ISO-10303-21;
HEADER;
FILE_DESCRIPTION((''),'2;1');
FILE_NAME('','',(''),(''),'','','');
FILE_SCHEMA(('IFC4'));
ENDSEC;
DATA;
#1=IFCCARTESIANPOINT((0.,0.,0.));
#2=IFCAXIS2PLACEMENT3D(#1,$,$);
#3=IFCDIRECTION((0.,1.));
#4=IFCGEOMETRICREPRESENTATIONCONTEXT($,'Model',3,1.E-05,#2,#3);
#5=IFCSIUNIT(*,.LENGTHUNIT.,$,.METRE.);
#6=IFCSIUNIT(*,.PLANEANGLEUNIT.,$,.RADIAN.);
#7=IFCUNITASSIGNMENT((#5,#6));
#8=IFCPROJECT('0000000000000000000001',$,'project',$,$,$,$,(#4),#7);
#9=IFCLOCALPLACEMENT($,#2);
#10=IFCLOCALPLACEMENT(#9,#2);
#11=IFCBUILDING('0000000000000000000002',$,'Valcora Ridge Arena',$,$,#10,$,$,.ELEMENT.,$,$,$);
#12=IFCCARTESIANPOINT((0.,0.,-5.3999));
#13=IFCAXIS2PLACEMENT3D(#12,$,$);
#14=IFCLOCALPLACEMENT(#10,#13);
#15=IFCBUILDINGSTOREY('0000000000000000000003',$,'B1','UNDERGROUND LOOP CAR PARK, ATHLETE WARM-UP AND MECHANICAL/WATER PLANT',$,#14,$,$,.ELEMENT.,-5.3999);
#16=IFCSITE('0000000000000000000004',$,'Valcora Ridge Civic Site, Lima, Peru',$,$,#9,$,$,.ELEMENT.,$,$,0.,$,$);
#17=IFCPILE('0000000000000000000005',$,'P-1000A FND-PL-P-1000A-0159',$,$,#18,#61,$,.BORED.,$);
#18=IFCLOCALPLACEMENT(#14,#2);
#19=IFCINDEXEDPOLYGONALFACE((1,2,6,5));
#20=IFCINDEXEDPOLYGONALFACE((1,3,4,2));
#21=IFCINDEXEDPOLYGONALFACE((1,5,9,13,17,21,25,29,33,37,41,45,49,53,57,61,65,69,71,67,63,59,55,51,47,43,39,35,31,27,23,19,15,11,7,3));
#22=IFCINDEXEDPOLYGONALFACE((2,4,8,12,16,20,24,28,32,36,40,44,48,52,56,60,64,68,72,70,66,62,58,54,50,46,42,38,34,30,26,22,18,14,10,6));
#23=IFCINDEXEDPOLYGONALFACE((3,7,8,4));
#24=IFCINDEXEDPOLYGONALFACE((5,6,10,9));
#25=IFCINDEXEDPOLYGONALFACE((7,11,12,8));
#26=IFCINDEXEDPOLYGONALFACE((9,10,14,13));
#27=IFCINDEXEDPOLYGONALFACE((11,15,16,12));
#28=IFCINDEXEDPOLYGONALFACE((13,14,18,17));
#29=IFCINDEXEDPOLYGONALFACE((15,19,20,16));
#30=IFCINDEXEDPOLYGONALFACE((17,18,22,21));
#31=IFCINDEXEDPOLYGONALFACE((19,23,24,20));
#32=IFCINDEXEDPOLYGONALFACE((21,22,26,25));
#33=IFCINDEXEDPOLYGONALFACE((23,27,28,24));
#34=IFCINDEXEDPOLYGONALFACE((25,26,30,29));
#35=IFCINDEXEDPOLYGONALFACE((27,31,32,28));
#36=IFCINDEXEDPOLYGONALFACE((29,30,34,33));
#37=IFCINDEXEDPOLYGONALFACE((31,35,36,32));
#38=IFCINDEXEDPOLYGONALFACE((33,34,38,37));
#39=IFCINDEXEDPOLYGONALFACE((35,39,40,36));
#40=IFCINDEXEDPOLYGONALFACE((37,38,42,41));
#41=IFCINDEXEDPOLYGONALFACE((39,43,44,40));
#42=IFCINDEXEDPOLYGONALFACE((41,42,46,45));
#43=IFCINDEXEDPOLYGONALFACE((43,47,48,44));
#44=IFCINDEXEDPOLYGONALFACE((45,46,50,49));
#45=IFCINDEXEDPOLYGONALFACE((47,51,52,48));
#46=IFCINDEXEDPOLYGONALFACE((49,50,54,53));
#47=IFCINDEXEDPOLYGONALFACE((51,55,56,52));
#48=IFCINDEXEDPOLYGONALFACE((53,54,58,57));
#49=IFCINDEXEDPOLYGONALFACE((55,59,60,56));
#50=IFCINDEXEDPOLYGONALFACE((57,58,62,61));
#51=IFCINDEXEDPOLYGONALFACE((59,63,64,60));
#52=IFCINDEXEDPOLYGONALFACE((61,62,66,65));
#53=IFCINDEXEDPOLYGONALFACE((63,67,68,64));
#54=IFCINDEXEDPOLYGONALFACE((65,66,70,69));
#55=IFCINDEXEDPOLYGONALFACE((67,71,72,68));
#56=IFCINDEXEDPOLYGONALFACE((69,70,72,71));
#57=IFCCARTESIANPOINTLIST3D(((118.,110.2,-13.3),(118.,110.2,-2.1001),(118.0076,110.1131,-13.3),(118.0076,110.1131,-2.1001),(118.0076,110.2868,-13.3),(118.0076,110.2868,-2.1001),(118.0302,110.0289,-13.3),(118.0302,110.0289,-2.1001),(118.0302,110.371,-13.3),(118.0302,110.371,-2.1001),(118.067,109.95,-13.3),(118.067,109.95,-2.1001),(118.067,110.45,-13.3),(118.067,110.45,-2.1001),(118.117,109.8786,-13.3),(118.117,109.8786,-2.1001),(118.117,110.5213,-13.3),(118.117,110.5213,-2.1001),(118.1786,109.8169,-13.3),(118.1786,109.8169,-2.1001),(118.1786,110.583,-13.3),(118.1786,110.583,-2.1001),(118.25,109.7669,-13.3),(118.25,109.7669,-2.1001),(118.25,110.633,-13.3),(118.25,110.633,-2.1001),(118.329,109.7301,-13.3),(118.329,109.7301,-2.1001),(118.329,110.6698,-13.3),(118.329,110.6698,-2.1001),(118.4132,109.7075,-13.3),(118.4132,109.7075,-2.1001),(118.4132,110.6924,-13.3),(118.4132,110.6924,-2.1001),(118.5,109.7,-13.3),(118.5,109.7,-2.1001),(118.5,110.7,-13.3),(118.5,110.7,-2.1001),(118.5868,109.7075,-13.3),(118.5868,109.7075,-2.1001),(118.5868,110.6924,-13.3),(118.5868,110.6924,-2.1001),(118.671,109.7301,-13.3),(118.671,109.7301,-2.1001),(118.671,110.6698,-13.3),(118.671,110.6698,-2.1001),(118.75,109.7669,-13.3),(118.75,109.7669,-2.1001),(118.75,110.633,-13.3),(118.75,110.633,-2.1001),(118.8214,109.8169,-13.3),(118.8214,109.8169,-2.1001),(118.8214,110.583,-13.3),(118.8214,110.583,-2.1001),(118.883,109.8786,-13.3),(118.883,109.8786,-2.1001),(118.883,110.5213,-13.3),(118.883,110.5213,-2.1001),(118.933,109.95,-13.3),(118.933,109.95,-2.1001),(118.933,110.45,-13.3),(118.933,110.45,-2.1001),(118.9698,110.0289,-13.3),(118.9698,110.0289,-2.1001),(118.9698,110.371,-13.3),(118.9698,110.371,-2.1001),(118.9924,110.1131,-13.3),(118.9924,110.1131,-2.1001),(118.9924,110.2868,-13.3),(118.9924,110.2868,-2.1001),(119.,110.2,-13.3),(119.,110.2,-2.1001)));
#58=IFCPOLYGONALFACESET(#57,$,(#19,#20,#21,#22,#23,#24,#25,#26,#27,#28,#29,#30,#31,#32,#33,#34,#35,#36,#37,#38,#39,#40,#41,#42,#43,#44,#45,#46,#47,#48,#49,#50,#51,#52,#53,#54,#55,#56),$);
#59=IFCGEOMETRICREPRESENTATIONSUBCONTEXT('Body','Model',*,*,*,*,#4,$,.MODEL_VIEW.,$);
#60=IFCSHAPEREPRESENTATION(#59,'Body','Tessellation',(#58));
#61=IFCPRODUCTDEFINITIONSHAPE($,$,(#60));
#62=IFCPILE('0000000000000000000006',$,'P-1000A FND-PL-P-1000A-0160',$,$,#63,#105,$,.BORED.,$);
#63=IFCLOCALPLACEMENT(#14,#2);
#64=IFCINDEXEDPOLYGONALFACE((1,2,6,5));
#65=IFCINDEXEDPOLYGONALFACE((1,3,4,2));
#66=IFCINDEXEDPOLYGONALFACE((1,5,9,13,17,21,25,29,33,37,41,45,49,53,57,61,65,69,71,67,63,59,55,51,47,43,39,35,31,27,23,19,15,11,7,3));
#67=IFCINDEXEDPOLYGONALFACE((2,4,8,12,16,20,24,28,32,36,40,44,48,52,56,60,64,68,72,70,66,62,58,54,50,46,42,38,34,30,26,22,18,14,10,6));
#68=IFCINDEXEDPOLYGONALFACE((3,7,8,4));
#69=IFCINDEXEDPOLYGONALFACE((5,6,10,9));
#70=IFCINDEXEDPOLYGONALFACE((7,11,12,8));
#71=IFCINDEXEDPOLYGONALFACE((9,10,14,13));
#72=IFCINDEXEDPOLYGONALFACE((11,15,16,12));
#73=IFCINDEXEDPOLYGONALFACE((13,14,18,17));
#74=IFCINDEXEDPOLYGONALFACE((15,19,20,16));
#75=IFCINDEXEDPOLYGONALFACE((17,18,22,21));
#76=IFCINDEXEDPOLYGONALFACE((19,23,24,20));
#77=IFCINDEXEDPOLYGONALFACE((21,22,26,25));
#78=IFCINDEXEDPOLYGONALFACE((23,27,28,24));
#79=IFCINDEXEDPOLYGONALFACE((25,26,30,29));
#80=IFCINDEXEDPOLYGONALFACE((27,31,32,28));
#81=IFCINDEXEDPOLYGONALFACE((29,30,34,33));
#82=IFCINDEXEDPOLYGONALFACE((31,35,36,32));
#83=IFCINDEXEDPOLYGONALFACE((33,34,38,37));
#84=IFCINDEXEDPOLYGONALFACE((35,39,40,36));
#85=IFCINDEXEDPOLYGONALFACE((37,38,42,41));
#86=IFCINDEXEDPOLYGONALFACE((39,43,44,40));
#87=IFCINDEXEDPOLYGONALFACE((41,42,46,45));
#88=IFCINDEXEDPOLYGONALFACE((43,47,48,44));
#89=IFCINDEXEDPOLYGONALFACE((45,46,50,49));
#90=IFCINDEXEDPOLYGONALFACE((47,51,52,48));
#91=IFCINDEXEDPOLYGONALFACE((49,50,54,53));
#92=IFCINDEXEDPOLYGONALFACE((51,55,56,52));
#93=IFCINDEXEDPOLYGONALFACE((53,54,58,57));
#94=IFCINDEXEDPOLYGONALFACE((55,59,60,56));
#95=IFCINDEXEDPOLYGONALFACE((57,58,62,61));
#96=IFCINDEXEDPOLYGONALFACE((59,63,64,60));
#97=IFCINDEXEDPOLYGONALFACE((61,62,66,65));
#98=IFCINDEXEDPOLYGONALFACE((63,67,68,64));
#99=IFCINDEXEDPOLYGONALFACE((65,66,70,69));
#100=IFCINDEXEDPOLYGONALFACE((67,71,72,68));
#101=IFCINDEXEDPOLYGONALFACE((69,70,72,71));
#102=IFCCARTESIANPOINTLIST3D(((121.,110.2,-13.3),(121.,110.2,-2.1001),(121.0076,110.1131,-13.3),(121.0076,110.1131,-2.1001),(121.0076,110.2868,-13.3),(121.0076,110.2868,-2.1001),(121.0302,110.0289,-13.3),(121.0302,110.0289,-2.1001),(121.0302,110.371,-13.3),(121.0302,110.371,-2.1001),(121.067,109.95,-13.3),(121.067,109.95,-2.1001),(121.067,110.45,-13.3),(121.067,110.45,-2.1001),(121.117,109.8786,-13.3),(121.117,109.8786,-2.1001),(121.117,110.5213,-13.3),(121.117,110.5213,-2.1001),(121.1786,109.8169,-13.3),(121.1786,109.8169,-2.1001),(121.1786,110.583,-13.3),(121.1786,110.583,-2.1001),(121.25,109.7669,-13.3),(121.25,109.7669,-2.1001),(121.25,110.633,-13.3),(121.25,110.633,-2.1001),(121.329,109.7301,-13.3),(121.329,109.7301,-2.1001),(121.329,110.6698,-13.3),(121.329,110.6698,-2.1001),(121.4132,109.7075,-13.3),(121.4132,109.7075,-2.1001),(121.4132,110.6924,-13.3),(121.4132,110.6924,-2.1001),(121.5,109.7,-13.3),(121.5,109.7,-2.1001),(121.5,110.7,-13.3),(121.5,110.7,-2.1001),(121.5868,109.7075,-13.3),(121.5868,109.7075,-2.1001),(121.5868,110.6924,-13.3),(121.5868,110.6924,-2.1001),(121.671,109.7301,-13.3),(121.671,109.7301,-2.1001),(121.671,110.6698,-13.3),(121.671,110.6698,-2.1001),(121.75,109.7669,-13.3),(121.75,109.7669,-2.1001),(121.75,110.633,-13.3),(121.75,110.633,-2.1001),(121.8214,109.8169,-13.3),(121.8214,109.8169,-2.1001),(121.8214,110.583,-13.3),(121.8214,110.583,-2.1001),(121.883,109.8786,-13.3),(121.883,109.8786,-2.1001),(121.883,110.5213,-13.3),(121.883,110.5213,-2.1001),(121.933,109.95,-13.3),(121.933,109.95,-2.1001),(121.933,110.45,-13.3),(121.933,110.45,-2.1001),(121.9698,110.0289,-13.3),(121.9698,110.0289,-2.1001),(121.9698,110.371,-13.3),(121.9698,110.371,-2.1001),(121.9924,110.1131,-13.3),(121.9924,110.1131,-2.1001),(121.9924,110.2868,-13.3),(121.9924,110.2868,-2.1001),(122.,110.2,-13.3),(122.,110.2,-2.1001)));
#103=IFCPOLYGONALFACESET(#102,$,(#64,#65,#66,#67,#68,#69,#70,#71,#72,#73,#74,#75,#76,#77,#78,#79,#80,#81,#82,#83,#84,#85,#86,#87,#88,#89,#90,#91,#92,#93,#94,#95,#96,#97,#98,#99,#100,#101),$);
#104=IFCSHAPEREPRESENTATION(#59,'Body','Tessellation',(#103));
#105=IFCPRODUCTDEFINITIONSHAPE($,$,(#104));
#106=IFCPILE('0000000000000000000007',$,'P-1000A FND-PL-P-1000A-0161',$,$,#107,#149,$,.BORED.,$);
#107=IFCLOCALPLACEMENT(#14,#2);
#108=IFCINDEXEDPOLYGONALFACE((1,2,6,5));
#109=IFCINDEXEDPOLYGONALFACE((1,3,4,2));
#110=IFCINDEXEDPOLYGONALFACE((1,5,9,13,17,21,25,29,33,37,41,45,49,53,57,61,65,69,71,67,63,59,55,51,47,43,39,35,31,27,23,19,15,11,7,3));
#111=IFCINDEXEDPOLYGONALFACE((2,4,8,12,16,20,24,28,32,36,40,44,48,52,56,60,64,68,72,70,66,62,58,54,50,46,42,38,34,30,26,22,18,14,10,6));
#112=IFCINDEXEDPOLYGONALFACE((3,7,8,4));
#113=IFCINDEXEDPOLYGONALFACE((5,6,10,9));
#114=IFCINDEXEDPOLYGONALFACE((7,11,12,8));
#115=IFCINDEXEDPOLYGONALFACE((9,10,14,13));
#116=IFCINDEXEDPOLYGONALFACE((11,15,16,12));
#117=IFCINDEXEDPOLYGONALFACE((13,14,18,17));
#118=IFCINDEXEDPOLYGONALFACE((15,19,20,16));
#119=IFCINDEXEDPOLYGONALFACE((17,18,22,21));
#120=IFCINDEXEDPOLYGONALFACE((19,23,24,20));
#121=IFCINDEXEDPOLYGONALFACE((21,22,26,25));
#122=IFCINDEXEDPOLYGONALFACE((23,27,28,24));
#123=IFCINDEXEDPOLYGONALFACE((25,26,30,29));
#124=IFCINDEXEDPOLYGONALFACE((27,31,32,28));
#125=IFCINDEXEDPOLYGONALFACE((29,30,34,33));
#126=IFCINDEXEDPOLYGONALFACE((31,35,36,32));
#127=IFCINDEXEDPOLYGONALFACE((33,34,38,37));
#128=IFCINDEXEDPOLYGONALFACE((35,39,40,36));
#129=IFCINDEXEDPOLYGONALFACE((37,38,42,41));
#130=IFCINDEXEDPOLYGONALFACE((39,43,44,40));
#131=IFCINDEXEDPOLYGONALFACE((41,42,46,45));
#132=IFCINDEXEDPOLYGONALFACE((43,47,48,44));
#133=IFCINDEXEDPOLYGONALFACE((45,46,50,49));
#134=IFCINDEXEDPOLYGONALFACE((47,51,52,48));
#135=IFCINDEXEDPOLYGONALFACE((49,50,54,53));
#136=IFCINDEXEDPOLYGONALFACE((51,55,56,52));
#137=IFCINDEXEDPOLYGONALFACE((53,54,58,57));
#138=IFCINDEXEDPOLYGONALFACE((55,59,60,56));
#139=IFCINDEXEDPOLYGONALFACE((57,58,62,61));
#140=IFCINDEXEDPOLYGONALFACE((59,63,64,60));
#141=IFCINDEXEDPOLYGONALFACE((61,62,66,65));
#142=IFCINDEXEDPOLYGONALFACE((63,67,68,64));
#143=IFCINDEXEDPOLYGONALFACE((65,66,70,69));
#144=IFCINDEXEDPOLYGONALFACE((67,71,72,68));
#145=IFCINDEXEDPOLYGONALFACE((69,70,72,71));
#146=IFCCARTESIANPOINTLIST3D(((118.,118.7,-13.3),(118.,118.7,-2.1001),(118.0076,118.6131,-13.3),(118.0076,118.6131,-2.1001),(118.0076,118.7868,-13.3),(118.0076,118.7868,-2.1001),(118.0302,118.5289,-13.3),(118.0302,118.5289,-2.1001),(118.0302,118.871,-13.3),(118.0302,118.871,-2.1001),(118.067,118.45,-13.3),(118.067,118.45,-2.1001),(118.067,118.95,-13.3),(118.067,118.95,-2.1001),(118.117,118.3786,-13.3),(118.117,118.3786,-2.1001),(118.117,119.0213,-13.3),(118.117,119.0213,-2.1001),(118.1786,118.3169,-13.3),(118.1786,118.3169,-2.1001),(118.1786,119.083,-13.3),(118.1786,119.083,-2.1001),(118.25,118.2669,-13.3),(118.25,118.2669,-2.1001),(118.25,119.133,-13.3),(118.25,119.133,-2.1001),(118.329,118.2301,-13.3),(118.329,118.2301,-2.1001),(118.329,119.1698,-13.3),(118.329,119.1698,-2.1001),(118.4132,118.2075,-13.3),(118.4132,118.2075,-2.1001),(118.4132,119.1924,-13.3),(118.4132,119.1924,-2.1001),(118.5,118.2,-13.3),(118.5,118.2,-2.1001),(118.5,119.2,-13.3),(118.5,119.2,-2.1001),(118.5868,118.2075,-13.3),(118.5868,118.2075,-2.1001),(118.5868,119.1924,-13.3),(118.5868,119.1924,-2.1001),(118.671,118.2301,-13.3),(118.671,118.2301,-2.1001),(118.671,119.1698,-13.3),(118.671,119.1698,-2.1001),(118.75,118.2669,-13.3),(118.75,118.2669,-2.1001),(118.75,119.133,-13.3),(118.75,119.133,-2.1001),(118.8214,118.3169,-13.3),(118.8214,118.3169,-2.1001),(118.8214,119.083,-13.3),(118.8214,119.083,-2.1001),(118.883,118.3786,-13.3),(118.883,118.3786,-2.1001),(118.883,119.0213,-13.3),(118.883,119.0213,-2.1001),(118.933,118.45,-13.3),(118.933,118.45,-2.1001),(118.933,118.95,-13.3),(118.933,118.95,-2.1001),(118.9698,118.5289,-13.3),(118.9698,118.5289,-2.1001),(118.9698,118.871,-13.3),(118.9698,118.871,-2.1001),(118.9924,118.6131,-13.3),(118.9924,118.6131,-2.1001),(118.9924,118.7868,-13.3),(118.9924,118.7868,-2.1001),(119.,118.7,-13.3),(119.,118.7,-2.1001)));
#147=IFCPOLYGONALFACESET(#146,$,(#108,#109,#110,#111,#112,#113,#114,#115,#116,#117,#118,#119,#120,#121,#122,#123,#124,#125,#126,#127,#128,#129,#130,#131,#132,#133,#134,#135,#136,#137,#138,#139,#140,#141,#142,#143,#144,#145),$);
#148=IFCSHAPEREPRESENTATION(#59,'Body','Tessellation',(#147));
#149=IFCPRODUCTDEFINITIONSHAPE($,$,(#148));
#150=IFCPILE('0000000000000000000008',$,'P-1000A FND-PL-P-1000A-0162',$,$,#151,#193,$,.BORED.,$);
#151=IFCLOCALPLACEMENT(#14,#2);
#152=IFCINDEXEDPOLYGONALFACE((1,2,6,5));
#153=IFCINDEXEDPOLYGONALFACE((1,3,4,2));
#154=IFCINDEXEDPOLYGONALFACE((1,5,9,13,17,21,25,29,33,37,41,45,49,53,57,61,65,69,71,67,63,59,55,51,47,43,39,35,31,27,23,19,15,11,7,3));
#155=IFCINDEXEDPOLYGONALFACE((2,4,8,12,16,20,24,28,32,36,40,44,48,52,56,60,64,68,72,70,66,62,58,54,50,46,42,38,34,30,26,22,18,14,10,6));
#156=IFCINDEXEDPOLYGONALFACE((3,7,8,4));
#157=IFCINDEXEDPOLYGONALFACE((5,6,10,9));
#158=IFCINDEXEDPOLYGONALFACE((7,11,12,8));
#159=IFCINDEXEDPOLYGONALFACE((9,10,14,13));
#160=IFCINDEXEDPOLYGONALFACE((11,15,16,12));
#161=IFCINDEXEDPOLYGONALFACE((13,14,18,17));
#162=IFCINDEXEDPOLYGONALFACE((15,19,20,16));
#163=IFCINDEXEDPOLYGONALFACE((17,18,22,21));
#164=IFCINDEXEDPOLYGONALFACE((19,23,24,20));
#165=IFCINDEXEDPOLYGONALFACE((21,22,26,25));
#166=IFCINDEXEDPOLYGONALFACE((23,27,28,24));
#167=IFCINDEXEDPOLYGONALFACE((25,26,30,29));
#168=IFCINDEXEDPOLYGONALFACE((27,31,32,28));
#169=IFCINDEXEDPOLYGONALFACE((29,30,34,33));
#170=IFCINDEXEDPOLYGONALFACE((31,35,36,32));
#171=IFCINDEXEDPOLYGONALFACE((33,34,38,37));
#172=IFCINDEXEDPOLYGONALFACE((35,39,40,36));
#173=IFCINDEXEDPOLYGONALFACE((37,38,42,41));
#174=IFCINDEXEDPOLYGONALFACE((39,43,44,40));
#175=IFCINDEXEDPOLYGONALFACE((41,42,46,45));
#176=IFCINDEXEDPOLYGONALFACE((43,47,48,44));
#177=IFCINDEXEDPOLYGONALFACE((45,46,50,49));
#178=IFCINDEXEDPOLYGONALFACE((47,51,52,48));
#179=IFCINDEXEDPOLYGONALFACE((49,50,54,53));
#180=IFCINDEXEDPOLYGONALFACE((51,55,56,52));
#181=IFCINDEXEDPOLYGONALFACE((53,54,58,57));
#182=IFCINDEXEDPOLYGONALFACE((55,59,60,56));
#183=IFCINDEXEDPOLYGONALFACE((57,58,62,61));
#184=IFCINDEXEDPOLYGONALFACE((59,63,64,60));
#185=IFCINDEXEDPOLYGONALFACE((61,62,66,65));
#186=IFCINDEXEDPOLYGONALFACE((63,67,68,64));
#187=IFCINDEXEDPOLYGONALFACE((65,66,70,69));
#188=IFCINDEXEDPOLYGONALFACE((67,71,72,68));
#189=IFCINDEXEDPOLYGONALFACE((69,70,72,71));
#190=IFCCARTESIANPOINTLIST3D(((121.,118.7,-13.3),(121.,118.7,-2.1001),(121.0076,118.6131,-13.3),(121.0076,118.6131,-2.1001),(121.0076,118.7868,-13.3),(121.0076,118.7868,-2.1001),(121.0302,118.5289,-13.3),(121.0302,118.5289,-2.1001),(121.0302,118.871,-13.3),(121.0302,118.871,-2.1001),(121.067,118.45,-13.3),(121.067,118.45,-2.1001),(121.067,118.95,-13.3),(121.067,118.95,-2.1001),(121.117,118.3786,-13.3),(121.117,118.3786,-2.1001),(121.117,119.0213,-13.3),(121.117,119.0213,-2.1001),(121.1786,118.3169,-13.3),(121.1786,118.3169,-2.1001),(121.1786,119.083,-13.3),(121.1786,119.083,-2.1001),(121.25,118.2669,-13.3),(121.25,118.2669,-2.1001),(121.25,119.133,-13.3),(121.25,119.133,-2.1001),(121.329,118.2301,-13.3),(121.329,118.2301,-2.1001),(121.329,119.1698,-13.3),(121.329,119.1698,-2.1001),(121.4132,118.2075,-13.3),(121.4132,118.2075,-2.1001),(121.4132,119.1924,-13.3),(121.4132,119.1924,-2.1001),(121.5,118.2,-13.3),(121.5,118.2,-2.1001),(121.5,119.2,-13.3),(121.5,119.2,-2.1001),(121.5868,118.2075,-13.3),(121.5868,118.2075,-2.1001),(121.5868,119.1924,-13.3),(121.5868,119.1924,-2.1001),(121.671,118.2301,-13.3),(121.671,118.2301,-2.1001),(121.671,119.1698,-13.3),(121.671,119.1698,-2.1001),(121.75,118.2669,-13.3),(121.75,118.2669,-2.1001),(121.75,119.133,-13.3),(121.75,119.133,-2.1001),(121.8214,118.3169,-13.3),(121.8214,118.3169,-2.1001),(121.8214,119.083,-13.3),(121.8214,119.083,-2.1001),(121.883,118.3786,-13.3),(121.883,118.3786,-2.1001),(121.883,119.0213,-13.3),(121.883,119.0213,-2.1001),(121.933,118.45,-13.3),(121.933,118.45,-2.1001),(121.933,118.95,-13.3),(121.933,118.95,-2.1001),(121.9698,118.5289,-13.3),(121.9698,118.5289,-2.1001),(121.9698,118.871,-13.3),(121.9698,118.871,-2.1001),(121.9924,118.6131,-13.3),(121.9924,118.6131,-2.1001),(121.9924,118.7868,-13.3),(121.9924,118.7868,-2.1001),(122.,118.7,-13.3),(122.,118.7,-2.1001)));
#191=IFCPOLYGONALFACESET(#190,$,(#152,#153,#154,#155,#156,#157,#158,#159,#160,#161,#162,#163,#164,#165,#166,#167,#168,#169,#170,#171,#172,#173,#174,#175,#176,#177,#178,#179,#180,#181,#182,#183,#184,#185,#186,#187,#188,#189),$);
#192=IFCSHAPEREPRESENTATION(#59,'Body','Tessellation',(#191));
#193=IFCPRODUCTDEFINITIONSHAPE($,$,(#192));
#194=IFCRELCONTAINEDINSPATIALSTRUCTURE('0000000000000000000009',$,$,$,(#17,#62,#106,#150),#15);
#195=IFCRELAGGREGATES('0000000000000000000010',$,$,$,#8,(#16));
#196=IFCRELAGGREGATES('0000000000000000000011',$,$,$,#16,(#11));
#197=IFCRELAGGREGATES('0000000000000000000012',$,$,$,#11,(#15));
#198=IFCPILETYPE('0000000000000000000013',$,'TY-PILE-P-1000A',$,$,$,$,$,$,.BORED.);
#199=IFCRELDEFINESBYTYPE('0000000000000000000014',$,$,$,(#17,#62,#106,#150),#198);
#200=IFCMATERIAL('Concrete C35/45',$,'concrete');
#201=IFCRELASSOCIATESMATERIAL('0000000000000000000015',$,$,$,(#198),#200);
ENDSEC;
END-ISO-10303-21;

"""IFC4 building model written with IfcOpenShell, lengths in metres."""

from ifc_helpers import new_model, si_unit, direction, frame, origin, origin_2d, place, context, subcontext, project, spatial, circle, extrude, material, material_profile, profile_set, type_object, element, save


model = new_model("IFC4")

# Units and contexts
model_context = context("Model", 3, precision=1e-05, world=origin(), true_north=direction((0.0, 1.0)))
body_context = subcontext(model_context, "Body", "Model", "MODEL_VIEW")
ifc_project = project(units=[si_unit("LENGTHUNIT", "METRE"), si_unit("PLANEANGLEUNIT", "RADIAN")], contexts=[model_context])

# Site, building, storey
site_placement = place(None, origin())
site = spatial("IfcSite", under=ifc_project, at=site_placement, Name="Valcora Ridge Civic Site, Lima, Peru", CompositionType="ELEMENT", RefElevation=0.0)
building_placement = place(site_placement, origin())
building = spatial("IfcBuilding", under=site, at=building_placement, Name="Valcora Ridge Arena", CompositionType="ELEMENT")
storey_placement = place(building_placement, frame((0.0, 0.0, -5.3999)))
storey = spatial("IfcBuildingStorey", under=building, at=storey_placement, Name="B1", Description="UNDERGROUND LOOP CAR PARK, ATHLETE WARM-UP AND MECHANICAL/WATER PLANT", CompositionType="ELEMENT", Elevation=-5.3999)

# Piles
ifc_material_1 = material(Name="Concrete C35/45", Category="concrete")
ifc_material_profile_1 = material_profile(ifc_material_1, circle(Radius=0.5, at=origin_2d()), Name="BORED PILE D1000")
ifc_profile_set_1 = profile_set([ifc_material_profile_1], Name="Concrete C35/45")
pile_type_1 = type_object("IfcPileType", Name="TY-PILE-P-1000A", PredefinedType="BORED", material=ifc_profile_set_1)
for number, where, z_axis, x_axis, name in (
    (1, (118.5, 110.2, -2.1001), (0.0, 0.0, -1.0), (1.0, 0.0, 0.0), "P-1000A FND-PL-P-1000A-0159"),
    (2, (121.5, 110.2, -2.1001), (0.0, 0.0, -1.0), (1.0, 0.0, 0.0), "P-1000A FND-PL-P-1000A-0160"),
    (3, (118.5, 118.7, -2.1001), (0.0, 0.0, -1.0), (1.0, 0.0, 0.0), "P-1000A FND-PL-P-1000A-0161"),
    (4, (121.5, 118.7, -2.1001), (0.0, 0.0, -1.0), (1.0, 0.0, 0.0), "P-1000A FND-PL-P-1000A-0162"),
):
    element("IfcPile", number, at=place(storey_placement, frame(where, z_axis=z_axis, x_axis=x_axis)), inside=storey, type_object=pile_type_1, Name=name, PredefinedType="BORED", context=body_context, shape_type="SweptSolid", body=[
        extrude(circle(Radius=0.5, at=origin_2d()), origin(), (0.0, 0.0, 1.0), 11.2),
    ])

save(model, "model.ifc")
